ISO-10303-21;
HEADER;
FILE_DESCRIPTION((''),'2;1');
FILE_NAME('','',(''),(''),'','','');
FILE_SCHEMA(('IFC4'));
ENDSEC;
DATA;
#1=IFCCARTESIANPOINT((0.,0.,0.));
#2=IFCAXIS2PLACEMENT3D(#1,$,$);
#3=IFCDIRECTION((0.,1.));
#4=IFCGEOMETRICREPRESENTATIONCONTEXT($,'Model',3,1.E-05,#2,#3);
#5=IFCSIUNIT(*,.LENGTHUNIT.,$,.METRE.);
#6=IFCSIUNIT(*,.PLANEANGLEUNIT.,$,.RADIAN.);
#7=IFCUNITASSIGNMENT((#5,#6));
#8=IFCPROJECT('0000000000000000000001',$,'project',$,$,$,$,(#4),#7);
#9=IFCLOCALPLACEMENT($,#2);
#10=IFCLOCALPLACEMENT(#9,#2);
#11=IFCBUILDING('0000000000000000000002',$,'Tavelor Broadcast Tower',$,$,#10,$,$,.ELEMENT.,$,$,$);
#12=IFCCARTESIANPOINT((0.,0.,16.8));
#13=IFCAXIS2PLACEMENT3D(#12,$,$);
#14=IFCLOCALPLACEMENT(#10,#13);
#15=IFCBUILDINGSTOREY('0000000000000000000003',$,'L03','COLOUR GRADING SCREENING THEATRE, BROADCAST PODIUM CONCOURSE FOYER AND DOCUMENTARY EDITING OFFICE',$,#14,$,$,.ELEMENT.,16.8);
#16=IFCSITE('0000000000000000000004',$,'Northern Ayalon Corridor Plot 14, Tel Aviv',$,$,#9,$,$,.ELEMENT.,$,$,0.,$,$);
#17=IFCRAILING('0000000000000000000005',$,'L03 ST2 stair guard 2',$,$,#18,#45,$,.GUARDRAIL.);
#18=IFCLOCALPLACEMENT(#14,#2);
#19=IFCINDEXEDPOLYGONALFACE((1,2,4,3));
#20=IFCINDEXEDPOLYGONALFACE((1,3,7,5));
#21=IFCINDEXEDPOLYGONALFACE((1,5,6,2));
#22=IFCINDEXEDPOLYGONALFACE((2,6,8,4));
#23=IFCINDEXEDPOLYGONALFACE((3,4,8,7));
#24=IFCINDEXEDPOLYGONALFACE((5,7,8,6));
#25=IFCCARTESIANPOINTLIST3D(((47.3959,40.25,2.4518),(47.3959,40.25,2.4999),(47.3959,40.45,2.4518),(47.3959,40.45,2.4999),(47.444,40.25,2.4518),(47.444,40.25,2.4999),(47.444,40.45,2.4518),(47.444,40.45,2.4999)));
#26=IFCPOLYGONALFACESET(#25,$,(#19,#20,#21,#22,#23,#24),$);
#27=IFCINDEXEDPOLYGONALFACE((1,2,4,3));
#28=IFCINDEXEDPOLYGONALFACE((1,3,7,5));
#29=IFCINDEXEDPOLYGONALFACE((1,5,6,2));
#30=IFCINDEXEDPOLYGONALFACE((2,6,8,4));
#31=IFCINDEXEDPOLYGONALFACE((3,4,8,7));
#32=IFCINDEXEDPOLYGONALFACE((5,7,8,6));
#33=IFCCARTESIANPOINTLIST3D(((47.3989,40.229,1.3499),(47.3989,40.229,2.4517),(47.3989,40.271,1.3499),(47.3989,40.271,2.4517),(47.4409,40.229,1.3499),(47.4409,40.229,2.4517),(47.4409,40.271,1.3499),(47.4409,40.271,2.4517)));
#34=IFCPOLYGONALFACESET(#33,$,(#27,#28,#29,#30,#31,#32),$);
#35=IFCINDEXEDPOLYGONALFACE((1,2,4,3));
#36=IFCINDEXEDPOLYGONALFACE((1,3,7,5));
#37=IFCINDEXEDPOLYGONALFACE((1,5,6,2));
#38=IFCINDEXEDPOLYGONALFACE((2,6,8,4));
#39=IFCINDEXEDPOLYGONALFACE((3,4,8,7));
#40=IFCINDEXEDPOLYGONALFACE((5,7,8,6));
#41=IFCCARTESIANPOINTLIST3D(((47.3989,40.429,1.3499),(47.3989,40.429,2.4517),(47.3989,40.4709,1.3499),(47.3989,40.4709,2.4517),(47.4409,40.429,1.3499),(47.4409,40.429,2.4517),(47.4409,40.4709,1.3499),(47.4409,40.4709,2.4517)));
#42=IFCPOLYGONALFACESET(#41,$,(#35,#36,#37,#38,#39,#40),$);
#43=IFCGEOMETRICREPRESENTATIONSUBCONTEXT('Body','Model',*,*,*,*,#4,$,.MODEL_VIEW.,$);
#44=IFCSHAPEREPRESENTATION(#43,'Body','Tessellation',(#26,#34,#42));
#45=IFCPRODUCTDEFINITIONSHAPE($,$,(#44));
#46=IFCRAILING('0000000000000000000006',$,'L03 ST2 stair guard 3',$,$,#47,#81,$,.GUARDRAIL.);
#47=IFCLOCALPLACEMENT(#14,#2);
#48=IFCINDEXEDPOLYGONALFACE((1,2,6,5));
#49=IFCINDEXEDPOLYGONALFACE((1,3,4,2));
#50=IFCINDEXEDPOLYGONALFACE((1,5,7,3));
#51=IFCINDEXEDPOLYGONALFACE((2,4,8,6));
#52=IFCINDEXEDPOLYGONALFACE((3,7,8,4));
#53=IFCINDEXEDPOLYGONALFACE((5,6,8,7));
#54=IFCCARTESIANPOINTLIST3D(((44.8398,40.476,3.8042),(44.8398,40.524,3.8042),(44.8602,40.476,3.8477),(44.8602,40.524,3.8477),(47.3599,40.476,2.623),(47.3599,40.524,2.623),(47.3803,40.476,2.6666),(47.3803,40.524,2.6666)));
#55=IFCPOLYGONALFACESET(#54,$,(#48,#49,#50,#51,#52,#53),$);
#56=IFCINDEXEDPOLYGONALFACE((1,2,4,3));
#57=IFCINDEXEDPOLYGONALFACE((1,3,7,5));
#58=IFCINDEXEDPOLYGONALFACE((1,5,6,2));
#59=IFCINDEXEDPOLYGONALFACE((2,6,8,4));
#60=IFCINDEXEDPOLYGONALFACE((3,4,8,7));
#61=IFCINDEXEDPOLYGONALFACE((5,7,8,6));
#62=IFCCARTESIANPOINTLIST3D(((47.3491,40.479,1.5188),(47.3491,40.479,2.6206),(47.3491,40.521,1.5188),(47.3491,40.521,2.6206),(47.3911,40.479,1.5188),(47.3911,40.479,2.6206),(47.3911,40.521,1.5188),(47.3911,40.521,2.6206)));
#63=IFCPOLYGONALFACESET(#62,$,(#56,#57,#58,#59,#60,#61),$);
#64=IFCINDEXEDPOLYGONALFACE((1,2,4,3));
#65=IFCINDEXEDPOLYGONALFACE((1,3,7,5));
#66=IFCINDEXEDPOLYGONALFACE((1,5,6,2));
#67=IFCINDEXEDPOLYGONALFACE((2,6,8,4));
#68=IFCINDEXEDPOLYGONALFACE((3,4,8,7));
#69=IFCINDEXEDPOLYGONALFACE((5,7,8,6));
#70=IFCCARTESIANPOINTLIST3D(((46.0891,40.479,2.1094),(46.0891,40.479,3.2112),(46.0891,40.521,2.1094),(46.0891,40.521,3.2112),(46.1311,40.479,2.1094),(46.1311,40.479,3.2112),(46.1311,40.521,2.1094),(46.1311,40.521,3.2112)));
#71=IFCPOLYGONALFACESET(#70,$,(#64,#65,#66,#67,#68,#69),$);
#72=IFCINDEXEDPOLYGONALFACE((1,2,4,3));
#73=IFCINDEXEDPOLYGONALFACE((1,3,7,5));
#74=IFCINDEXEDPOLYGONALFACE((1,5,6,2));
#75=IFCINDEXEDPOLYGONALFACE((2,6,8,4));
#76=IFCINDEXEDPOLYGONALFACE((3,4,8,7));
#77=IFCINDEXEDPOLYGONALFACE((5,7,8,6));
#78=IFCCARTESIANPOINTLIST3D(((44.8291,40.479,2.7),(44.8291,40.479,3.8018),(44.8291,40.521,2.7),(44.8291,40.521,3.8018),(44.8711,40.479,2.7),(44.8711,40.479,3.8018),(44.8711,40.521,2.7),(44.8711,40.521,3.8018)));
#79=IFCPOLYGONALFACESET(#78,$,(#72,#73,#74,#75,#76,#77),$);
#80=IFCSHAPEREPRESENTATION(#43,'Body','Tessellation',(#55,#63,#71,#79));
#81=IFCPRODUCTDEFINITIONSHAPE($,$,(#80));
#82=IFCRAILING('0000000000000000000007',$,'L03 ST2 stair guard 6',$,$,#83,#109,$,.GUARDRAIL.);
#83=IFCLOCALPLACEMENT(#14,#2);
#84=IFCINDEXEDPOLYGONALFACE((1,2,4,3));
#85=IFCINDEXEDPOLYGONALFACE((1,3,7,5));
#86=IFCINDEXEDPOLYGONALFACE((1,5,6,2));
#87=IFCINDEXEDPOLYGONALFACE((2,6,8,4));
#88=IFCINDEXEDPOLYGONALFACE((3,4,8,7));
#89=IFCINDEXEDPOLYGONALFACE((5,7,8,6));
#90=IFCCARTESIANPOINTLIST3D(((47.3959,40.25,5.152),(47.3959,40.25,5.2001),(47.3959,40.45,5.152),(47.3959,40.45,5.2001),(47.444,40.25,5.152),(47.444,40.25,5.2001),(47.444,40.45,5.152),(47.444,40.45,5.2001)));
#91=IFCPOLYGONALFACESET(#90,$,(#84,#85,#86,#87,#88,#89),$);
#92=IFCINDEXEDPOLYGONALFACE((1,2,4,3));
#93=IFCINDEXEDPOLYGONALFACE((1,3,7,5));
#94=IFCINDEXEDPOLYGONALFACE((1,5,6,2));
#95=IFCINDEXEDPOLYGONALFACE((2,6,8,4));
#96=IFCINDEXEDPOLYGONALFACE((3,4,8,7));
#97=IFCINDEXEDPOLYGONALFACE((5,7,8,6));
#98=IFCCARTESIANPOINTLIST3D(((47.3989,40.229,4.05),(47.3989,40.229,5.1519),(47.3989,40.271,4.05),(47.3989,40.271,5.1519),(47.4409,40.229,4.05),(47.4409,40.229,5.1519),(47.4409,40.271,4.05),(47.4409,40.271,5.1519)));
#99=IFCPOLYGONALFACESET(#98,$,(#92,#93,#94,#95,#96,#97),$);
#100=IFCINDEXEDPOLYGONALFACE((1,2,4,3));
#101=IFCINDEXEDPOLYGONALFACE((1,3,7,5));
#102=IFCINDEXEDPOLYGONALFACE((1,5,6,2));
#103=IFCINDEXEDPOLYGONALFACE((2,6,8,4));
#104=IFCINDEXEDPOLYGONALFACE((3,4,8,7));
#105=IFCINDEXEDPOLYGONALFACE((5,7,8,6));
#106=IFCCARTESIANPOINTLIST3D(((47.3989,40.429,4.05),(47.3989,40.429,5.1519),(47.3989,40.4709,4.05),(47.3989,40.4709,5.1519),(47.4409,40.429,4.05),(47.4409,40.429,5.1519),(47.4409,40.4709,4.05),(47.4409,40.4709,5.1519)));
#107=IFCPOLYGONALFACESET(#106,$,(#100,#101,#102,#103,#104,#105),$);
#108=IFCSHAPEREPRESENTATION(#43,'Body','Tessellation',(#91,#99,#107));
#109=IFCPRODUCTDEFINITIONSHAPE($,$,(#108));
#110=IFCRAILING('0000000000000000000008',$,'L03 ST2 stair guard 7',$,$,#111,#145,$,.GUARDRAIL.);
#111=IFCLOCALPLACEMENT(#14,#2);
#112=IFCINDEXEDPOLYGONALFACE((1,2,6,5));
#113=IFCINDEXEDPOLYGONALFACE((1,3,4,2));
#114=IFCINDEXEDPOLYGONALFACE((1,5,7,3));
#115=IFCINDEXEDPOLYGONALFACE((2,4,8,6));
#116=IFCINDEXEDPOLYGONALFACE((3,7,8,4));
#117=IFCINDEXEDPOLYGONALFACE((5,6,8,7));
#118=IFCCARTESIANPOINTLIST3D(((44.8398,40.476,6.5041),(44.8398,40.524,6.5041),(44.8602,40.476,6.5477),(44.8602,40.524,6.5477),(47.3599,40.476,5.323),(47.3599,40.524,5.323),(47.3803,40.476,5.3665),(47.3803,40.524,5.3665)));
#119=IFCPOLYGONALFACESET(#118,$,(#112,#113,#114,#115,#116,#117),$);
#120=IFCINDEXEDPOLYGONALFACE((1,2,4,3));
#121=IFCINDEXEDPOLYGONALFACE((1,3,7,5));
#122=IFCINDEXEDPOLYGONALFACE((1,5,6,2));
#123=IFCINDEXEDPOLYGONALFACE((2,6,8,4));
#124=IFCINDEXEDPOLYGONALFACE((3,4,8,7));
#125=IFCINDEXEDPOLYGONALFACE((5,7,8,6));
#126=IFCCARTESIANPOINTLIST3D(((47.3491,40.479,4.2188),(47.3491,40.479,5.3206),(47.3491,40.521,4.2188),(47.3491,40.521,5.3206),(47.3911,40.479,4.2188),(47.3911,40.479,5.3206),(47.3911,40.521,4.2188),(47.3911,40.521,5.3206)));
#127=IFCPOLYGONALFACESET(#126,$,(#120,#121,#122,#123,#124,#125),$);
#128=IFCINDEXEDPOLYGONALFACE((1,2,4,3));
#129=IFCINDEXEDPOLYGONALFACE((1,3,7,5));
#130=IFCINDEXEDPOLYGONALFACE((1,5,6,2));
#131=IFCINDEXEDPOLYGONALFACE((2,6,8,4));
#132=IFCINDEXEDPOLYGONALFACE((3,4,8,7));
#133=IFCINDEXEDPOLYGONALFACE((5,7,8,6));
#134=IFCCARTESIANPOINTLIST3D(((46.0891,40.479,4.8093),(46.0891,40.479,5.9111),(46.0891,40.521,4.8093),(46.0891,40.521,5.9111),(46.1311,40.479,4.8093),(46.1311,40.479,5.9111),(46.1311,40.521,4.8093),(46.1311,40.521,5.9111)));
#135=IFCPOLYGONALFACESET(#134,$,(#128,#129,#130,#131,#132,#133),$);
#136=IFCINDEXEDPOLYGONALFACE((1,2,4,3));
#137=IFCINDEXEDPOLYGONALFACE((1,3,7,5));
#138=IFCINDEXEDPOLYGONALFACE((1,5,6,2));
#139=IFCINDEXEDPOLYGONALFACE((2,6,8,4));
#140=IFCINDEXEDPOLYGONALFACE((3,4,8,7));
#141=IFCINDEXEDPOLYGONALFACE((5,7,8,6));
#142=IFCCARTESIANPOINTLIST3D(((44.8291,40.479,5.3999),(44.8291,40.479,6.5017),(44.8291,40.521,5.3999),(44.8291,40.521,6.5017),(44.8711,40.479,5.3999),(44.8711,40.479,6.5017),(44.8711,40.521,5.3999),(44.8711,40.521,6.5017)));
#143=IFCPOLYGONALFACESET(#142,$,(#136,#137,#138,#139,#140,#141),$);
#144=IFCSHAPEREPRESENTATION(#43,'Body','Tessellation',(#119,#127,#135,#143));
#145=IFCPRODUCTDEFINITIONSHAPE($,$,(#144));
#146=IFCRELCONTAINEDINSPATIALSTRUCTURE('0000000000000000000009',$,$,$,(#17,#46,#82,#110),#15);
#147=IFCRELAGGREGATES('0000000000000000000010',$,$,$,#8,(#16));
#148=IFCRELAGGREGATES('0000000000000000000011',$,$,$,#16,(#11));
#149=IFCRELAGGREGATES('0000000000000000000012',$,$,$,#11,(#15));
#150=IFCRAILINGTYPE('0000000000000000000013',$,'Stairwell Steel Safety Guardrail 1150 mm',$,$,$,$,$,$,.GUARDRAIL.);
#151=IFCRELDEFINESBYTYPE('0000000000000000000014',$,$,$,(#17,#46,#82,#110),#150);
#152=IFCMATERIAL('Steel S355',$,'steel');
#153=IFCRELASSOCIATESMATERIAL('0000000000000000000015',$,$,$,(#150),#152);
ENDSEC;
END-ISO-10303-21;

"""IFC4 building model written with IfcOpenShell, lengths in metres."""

from ifc_helpers import new_model, si_unit, direction, frame, origin, origin_2d, place, context, subcontext, project, spatial, rectangle, extrude, material, type_object, element, save


model = new_model("IFC4")

# Units and contexts
model_context = context("Model", 3, precision=1e-05, world=origin(), true_north=direction((0.0, 1.0)))
body_context = subcontext(model_context, "Body", "Model", "MODEL_VIEW")
ifc_project = project(units=[si_unit("LENGTHUNIT", "METRE"), si_unit("PLANEANGLEUNIT", "RADIAN")], contexts=[model_context])

# Site, building, storey
site_placement = place(None, origin())
site = spatial("IfcSite", under=ifc_project, at=site_placement, Name="Northern Ayalon Corridor Plot 14, Tel Aviv", CompositionType="ELEMENT", RefElevation=0.0)
building_placement = place(site_placement, origin())
building = spatial("IfcBuilding", under=site, at=building_placement, Name="Tavelor Broadcast Tower", CompositionType="ELEMENT")
storey_placement = place(building_placement, frame((0.0, 0.0, 16.8)))
storey = spatial("IfcBuildingStorey", under=building, at=storey_placement, Name="L03", Description="COLOUR GRADING SCREENING THEATRE, BROADCAST PODIUM CONCOURSE FOYER AND DOCUMENTARY EDITING OFFICE", CompositionType="ELEMENT", Elevation=16.8)

# Shared definitions
ifc_material_1 = material(Name="Steel S355", Category="steel")

# Railings
railing_type_1 = type_object("IfcRailingType", Name="Stairwell Steel Safety Guardrail 1150 mm", PredefinedType="GUARDRAIL", material=ifc_material_1)
railing_1_placement = place(storey_placement, frame((47.4199, 40.25, 1.3499)))
element("IfcRailing", 1, at=railing_1_placement, inside=storey, type_object=railing_type_1, Name="L03 ST2 stair guard 2", PredefinedType="GUARDRAIL", context=body_context, shape_type="SweptSolid", body=[
    extrude(rectangle(XDim=0.0481, YDim=0.0481, at=origin_2d()), frame((0.0, 0.0, 1.126), z_axis=(0.0, 1.0, 0.0), x_axis=(-1.0, 0.0, 0.0)), (0.0, 0.0, 1.0), 0.2),
    extrude(rectangle(XDim=0.042, YDim=0.042, at=origin_2d()), origin(), (0.0, 0.0, 1.0), 1.1018),
    extrude(rectangle(XDim=0.042, YDim=0.042, at=origin_2d()), frame((0.0, 0.2, 0.0)), (0.0, 0.0, 1.0), 1.1018),
])
railing_2_placement = place(storey_placement, frame((47.3701, 40.5, 1.5188)))
element("IfcRailing", 2, at=railing_2_placement, inside=storey, type_object=railing_type_1, Name="L03 ST2 stair guard 3", PredefinedType="GUARDRAIL", context=body_context, shape_type="SweptSolid", body=[
    extrude(rectangle(XDim=0.0481, YDim=0.0481, at=origin_2d()), frame((0.0, 0.0, 1.126), z_axis=(-0.905474, 0.0, 0.424402), x_axis=(0.0, -1.0, 0.0)), (0.0, 0.0, 1.0), 2.7832),
    extrude(rectangle(XDim=0.042, YDim=0.042, at=origin_2d()), origin(), (0.0, 0.0, 1.0), 1.1018),
    extrude(rectangle(XDim=0.042, YDim=0.042, at=origin_2d()), frame((-1.26, 0.0, 0.5906)), (0.0, 0.0, 1.0), 1.1018),
    extrude(rectangle(XDim=0.042, YDim=0.042, at=origin_2d()), frame((-2.52, 0.0, 1.1812)), (0.0, 0.0, 1.0), 1.1018),
])
railing_3_placement = place(storey_placement, frame((47.4199, 40.25, 4.05)))
element("IfcRailing", 3, at=railing_3_placement, inside=storey, type_object=railing_type_1, Name="L03 ST2 stair guard 6", PredefinedType="GUARDRAIL", context=body_context, shape_type="SweptSolid", body=[
    extrude(rectangle(XDim=0.0481, YDim=0.0481, at=origin_2d()), frame((0.0, 0.0, 1.126), z_axis=(0.0, 1.0, 0.0), x_axis=(-1.0, 0.0, 0.0)), (0.0, 0.0, 1.0), 0.2),
    extrude(rectangle(XDim=0.042, YDim=0.042, at=origin_2d()), origin(), (0.0, 0.0, 1.0), 1.1018),
    extrude(rectangle(XDim=0.042, YDim=0.042, at=origin_2d()), frame((0.0, 0.2, 0.0)), (0.0, 0.0, 1.0), 1.1018),
])
railing_4_placement = place(storey_placement, frame((47.3701, 40.5, 4.2188)))
element("IfcRailing", 4, at=railing_4_placement, inside=storey, type_object=railing_type_1, Name="L03 ST2 stair guard 7", PredefinedType="GUARDRAIL", context=body_context, shape_type="SweptSolid", body=[
    extrude(rectangle(XDim=0.0481, YDim=0.0481, at=origin_2d()), frame((0.0, 0.0, 1.126), z_axis=(-0.905474, 0.0, 0.424402), x_axis=(0.0, -1.0, 0.0)), (0.0, 0.0, 1.0), 2.7832),
    extrude(rectangle(XDim=0.042, YDim=0.042, at=origin_2d()), origin(), (0.0, 0.0, 1.0), 1.1018),
    extrude(rectangle(XDim=0.042, YDim=0.042, at=origin_2d()), frame((-1.26, 0.0, 0.5906)), (0.0, 0.0, 1.0), 1.1018),
    extrude(rectangle(XDim=0.042, YDim=0.042, at=origin_2d()), frame((-2.52, 0.0, 1.1812)), (0.0, 0.0, 1.0), 1.1018),
])

save(model, "model.ifc")
